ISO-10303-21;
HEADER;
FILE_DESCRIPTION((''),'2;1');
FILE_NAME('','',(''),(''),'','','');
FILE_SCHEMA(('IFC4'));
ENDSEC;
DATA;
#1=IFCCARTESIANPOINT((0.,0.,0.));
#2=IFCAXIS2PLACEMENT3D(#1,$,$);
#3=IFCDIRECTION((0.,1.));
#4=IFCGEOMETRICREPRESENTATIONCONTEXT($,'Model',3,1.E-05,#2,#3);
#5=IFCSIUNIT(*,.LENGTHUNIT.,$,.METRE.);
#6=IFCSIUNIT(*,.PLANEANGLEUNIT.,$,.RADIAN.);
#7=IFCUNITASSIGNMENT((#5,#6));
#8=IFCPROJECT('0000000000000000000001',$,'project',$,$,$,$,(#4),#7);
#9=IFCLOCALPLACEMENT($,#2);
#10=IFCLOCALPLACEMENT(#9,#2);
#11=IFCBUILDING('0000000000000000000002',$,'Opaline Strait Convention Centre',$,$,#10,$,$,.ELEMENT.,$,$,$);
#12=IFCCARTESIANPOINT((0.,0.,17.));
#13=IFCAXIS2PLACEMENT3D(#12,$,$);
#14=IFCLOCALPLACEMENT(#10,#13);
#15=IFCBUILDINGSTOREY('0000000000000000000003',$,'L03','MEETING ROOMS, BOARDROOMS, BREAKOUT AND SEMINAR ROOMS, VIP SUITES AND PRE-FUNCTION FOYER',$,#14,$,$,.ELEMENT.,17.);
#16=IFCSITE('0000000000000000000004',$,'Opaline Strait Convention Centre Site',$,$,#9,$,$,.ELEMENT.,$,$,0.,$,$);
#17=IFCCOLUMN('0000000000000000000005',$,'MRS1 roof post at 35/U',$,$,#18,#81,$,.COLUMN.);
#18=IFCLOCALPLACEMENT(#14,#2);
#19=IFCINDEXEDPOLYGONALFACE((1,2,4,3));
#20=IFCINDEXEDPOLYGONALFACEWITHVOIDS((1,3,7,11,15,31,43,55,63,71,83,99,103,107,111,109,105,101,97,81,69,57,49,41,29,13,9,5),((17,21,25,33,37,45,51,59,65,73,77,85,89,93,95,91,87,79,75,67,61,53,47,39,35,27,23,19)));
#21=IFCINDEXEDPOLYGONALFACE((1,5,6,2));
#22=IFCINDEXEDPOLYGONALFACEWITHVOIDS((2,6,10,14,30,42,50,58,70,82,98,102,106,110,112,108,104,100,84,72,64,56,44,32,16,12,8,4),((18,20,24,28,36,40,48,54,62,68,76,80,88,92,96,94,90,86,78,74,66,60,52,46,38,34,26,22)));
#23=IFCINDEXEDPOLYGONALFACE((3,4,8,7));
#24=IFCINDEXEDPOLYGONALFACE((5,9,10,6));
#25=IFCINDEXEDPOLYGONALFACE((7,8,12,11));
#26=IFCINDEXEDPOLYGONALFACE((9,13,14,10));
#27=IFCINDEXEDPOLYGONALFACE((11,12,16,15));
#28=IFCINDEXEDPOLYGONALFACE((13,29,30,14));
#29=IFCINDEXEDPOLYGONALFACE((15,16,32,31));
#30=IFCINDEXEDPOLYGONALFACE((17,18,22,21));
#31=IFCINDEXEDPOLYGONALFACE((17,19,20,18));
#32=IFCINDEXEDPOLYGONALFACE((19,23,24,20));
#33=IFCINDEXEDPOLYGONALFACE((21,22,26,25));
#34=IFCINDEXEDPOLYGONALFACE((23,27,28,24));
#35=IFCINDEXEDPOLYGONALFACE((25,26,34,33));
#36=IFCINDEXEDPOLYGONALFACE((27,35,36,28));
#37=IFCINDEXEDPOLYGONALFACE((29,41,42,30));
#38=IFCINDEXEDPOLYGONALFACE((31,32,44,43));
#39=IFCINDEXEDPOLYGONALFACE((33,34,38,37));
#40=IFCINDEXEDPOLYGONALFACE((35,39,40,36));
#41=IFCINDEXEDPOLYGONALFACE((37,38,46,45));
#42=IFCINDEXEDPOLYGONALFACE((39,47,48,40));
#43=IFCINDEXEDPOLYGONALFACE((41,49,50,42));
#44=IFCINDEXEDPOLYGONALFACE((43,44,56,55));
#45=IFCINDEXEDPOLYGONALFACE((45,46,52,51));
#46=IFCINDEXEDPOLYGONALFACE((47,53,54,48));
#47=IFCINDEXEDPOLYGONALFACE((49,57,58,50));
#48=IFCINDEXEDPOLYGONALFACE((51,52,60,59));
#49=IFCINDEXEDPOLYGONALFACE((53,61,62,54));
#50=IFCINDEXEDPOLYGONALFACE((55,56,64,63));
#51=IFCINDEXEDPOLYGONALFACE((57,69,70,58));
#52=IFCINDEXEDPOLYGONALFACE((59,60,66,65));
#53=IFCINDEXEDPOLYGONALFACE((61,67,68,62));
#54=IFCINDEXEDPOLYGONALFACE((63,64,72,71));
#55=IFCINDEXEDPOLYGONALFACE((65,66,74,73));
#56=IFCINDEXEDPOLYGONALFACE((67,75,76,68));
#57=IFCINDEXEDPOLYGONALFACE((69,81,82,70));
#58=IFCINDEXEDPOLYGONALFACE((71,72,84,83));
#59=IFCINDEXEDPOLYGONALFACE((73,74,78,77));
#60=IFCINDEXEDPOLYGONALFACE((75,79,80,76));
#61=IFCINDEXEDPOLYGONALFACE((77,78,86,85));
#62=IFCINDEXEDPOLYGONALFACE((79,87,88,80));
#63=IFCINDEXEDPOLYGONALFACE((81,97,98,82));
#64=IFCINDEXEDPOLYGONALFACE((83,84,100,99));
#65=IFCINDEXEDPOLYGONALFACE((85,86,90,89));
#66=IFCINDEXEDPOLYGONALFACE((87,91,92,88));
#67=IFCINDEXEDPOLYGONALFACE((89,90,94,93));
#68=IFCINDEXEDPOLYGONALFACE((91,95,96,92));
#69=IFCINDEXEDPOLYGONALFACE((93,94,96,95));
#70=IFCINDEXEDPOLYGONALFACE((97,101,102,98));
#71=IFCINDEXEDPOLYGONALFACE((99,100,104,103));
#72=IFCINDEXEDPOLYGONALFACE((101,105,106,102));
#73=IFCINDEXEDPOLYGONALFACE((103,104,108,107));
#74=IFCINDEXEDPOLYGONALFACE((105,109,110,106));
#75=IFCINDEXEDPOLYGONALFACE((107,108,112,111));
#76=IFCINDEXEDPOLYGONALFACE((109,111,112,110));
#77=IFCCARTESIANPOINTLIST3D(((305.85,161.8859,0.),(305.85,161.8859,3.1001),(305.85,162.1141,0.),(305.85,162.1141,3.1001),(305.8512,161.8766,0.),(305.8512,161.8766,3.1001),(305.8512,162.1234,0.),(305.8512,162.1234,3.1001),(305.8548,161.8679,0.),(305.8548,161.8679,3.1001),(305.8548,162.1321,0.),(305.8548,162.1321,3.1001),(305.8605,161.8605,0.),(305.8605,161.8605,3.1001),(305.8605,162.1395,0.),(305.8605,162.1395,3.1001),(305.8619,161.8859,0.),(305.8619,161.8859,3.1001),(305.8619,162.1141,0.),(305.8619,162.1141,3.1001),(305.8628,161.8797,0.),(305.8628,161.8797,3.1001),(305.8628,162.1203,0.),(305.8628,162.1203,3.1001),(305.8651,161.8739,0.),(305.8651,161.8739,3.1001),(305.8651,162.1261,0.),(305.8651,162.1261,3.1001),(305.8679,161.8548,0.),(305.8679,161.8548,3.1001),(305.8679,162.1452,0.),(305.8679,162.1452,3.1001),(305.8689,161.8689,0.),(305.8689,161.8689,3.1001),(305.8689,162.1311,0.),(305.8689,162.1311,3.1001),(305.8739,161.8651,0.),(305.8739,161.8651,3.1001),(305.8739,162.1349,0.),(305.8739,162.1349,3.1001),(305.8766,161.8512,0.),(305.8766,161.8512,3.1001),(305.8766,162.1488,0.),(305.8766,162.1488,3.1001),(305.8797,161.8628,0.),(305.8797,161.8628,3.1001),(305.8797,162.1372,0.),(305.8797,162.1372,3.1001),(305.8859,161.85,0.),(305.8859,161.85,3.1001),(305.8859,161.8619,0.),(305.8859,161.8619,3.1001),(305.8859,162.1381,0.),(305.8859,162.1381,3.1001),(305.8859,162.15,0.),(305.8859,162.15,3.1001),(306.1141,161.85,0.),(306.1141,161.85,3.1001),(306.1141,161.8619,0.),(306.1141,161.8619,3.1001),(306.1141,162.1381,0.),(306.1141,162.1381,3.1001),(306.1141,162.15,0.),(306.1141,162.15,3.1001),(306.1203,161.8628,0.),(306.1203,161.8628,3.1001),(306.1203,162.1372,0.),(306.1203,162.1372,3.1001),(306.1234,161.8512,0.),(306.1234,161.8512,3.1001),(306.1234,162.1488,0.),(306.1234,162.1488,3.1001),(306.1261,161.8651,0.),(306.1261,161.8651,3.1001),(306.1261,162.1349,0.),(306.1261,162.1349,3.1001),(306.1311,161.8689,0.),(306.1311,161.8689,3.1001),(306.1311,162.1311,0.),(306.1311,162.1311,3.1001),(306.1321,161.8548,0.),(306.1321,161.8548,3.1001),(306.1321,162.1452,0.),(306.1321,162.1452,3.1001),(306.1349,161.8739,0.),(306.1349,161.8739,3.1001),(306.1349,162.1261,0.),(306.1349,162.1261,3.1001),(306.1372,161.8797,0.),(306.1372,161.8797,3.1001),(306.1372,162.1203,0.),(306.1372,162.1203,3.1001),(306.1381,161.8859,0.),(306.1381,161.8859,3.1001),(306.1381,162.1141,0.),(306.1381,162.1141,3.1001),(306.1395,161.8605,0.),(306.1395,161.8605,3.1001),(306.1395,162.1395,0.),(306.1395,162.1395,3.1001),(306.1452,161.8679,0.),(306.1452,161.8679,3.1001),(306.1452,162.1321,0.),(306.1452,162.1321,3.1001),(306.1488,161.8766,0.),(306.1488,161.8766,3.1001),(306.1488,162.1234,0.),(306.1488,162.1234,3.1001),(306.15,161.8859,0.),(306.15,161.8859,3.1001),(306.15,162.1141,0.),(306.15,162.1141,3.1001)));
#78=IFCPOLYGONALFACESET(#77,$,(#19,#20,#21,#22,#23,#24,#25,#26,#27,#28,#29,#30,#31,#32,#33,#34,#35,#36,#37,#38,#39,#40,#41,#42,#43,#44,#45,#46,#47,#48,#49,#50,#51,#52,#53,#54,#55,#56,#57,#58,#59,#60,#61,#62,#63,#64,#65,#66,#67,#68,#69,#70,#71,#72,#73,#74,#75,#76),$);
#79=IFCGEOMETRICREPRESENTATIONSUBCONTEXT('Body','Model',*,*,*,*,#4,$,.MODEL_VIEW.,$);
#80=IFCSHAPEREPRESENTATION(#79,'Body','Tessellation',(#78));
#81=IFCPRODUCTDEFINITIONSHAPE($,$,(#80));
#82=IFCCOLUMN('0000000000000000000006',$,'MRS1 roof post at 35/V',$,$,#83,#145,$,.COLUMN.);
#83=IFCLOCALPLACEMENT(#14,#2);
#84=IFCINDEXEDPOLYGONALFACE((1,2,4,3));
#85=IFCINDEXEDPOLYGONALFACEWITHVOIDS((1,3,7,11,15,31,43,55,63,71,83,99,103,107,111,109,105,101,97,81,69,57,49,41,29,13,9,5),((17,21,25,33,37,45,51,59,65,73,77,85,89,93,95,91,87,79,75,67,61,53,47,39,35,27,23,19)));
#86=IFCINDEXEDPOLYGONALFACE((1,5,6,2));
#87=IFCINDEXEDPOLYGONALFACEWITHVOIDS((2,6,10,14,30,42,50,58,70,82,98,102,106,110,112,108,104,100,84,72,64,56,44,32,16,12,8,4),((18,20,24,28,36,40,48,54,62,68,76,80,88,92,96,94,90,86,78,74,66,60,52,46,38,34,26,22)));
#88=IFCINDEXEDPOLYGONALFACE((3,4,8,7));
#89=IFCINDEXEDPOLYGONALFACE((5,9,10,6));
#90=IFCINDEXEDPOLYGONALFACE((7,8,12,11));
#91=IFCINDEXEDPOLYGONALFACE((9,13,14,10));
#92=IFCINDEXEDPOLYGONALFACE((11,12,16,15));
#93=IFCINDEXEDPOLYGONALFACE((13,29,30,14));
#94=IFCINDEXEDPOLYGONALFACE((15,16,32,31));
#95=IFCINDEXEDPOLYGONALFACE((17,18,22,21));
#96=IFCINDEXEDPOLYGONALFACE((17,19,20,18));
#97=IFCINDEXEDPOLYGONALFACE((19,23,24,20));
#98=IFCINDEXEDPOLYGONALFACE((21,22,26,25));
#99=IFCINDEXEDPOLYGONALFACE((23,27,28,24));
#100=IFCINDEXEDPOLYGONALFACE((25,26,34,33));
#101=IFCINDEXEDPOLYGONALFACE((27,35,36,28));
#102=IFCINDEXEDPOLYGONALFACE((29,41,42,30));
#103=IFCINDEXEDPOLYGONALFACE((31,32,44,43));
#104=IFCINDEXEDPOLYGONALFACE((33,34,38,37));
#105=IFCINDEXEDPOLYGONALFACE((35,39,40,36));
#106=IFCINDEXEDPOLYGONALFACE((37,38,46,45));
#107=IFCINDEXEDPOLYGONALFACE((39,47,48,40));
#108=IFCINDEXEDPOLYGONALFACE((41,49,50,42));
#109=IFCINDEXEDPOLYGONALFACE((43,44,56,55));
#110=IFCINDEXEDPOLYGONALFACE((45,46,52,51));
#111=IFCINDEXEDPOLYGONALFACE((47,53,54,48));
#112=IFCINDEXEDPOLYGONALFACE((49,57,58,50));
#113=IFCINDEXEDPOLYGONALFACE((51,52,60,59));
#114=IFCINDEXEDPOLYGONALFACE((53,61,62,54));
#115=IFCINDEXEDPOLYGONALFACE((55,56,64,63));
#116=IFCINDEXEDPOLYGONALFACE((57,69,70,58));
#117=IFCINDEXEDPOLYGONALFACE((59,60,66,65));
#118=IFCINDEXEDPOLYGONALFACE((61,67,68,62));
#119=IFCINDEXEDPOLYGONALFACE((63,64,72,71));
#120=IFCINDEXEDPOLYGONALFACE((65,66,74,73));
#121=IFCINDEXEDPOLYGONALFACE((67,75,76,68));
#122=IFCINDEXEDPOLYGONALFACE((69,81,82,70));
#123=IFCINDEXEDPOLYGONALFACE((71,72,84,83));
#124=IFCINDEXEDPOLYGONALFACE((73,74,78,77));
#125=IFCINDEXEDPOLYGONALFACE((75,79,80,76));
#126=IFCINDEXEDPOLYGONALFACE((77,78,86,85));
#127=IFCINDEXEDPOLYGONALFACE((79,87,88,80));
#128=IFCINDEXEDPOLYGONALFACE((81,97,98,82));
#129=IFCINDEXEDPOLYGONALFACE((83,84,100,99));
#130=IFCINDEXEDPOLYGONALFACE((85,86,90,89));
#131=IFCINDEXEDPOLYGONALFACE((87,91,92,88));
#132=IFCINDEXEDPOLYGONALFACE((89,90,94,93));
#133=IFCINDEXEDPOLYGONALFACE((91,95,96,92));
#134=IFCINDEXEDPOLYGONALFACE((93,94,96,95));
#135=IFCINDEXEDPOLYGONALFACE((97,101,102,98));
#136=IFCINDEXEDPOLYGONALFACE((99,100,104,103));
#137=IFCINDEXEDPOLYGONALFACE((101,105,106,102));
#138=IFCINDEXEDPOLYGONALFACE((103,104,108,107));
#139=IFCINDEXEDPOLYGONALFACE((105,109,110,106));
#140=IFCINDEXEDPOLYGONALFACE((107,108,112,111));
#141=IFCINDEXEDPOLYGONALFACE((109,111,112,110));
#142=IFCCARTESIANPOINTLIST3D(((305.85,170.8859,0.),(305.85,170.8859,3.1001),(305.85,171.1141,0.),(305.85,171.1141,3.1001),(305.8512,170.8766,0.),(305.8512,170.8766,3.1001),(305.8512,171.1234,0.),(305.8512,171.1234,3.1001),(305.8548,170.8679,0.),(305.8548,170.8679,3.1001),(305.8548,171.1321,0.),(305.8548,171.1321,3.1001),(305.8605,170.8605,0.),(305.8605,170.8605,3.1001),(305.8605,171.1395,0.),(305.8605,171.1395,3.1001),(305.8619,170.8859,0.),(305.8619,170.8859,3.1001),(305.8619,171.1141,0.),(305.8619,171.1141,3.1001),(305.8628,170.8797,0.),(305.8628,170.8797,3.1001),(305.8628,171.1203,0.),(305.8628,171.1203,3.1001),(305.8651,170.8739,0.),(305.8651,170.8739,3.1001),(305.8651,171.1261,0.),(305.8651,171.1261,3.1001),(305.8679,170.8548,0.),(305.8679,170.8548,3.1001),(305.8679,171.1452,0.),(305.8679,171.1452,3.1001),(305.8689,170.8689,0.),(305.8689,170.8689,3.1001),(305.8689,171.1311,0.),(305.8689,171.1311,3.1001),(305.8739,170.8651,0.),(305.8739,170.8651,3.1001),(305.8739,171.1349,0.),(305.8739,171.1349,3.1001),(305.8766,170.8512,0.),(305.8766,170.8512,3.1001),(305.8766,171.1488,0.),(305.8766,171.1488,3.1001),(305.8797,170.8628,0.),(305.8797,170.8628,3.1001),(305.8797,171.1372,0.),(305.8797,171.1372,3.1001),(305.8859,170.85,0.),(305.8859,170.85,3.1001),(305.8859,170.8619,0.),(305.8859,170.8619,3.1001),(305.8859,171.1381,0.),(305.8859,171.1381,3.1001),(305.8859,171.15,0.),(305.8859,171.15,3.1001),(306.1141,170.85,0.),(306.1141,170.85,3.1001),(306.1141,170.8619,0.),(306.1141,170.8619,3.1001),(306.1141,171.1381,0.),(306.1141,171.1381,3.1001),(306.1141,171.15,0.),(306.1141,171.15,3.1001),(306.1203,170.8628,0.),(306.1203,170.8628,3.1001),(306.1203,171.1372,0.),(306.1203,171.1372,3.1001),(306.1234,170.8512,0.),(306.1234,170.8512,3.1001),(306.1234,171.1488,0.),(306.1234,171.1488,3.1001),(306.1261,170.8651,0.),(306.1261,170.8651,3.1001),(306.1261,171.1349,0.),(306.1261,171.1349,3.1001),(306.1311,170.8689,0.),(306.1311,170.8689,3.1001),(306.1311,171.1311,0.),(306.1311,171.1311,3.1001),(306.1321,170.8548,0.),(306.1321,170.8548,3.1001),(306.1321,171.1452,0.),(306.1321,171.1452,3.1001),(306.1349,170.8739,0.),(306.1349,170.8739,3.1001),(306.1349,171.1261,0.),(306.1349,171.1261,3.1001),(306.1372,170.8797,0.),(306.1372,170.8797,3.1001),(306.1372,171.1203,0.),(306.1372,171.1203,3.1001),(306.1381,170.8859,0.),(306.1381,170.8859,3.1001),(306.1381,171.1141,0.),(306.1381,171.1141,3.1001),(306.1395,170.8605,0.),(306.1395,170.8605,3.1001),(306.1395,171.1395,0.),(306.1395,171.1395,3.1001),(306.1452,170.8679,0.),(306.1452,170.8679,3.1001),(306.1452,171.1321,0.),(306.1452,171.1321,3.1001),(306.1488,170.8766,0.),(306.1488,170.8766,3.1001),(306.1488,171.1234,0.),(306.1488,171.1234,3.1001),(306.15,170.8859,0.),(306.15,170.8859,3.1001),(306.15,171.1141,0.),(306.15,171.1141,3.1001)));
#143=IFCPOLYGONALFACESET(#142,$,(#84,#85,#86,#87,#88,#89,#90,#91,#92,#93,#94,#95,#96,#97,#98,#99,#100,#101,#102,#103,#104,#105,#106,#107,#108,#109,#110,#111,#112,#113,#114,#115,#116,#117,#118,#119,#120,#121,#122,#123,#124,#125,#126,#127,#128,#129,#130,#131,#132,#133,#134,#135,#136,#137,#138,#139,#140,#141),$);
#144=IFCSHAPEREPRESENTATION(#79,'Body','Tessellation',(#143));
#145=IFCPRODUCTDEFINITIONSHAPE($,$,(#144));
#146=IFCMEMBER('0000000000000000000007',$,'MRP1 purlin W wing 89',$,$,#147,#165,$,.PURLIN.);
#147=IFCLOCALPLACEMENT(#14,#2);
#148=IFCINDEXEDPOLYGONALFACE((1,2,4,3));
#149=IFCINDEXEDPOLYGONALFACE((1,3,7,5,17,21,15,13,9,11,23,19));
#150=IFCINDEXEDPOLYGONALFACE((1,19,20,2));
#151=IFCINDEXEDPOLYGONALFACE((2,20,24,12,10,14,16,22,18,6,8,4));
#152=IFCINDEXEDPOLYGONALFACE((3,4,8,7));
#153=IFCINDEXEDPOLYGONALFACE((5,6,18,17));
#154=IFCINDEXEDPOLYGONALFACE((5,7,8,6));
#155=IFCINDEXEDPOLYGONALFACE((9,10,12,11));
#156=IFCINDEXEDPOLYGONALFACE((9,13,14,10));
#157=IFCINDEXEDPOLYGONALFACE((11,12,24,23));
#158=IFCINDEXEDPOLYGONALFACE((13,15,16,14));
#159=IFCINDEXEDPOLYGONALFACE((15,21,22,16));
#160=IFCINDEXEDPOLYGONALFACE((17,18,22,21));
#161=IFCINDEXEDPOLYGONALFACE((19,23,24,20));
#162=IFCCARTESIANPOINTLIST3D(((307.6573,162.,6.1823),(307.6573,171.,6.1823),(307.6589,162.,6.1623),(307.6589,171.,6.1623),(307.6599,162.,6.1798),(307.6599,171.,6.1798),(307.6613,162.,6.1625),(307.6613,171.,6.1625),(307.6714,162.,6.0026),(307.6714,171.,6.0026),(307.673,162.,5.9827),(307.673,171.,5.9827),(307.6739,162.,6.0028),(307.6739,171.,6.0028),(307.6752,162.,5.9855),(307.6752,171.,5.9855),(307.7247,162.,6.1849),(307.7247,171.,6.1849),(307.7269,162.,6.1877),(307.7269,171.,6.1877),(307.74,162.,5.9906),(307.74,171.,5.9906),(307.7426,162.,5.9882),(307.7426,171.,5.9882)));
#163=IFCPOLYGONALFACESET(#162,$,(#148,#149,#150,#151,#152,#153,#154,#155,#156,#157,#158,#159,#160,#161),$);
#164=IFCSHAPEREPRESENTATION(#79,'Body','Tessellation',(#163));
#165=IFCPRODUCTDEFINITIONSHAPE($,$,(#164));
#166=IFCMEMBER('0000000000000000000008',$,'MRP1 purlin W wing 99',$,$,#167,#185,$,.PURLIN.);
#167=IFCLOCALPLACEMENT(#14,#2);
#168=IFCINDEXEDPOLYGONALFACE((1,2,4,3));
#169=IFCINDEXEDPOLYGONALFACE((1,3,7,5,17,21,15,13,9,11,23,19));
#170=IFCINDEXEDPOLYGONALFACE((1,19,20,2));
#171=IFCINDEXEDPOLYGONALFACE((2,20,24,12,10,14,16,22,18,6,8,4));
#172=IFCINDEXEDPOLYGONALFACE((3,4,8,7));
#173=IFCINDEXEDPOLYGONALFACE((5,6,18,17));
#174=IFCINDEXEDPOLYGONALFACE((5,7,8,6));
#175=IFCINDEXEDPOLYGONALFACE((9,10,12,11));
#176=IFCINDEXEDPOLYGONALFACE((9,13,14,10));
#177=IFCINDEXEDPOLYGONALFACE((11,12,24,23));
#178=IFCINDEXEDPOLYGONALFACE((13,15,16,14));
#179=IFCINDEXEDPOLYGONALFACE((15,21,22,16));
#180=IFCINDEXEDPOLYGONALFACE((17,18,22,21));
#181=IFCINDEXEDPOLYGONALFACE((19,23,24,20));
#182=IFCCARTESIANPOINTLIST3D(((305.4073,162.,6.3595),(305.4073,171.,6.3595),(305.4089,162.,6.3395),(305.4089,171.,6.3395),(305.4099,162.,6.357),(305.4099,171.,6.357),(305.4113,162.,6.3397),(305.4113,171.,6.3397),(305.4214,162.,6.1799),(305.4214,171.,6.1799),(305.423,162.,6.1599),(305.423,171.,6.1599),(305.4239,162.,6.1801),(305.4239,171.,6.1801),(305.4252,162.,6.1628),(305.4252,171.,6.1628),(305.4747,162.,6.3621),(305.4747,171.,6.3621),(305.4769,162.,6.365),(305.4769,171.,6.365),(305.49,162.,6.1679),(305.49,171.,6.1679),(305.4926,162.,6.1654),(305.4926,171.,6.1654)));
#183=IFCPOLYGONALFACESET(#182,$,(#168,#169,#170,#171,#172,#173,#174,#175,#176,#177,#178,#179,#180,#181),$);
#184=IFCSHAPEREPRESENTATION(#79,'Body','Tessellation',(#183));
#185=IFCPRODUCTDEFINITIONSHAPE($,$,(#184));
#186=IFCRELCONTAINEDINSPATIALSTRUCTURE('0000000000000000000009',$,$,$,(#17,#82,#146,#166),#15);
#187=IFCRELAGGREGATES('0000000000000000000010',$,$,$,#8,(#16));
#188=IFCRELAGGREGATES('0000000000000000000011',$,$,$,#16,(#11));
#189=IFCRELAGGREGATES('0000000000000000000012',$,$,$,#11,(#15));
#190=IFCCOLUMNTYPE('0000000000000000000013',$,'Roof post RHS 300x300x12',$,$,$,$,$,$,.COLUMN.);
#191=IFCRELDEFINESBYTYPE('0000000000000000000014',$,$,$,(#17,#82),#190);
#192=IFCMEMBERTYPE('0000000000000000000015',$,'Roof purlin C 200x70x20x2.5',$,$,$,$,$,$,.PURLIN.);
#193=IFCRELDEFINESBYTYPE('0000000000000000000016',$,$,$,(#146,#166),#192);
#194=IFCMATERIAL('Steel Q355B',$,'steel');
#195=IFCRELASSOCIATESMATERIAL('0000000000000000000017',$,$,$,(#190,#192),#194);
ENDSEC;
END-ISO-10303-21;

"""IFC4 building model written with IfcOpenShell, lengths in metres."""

from ifc_helpers import new_model, si_unit, direction, frame, origin, origin_2d, place, context, subcontext, project, spatial, polyline, hollow_rectangle, outline, extrude, material, material_profile, profile_set, type_object, element, save


model = new_model("IFC4")

# Units and contexts
model_context = context("Model", 3, precision=1e-05, world=origin(), true_north=direction((0.0, 1.0)))
body_context = subcontext(model_context, "Body", "Model", "MODEL_VIEW")
ifc_project = project(units=[si_unit("LENGTHUNIT", "METRE"), si_unit("PLANEANGLEUNIT", "RADIAN")], contexts=[model_context])

# Site, building, storey
site_placement = place(None, origin())
site = spatial("IfcSite", under=ifc_project, at=site_placement, Name="Opaline Strait Convention Centre Site", CompositionType="ELEMENT", RefElevation=0.0)
building_placement = place(site_placement, origin())
building = spatial("IfcBuilding", under=site, at=building_placement, Name="Opaline Strait Convention Centre", CompositionType="ELEMENT")
storey_placement = place(building_placement, frame((0.0, 0.0, 17.0)))
storey = spatial("IfcBuildingStorey", under=building, at=storey_placement, Name="L03", Description="MEETING ROOMS, BOARDROOMS, BREAKOUT AND SEMINAR ROOMS, VIP SUITES AND PRE-FUNCTION FOYER", CompositionType="ELEMENT", Elevation=17.0)

# Columns
ifc_material_1 = material(Name="Steel Q355B", Category="steel")
ifc_material_profile_1 = material_profile(ifc_material_1, hollow_rectangle(XDim=0.3, YDim=0.3, WallThickness=0.012, InnerFilletRadius=0.0239, OuterFilletRadius=0.0359, at=origin_2d()), Name="RHS 300x300x12")
ifc_profile_set_1 = profile_set([ifc_material_profile_1], Name="Steel Q355B")
column_type = type_object("IfcColumnType", Name="Roof post RHS 300x300x12", PredefinedType="COLUMN", material=ifc_profile_set_1)
for number, where, z_axis, x_axis, name in (
    (1, (306.0, 162.0, 0.0), (0.0, 0.0, 1.0), (1.0, 0.0, 0.0), "MRS1 roof post at 35/U"),
    (2, (306.0, 171.0, 0.0), (0.0, 0.0, 1.0), (1.0, 0.0, 0.0), "MRS1 roof post at 35/V"),
):
    element("IfcColumn", number, at=place(storey_placement, frame(where, z_axis=z_axis, x_axis=x_axis)), inside=storey, type_object=column_type, Name=name, PredefinedType="COLUMN", context=body_context, shape_type="SweptSolid", body=[
        extrude(hollow_rectangle(XDim=0.3, YDim=0.3, WallThickness=0.012, InnerFilletRadius=0.0239, OuterFilletRadius=0.0359, at=origin_2d()), origin(), (0.0, 0.0, 1.0), 3.1001),
    ])

# Members
ifc_material_profile_2 = material_profile(ifc_material_1, outline(polyline([(-0.0349, -0.1001), (0.0349, -0.1001), (0.0349, -0.0801), (0.0325, -0.0801), (0.0325, -0.0974), (-0.0325, -0.0974), (-0.0325, 0.0974), (0.0325, 0.0974), (0.0325, 0.0801), (0.0349, 0.0801), (0.0349, 0.1001), (-0.0349, 0.1001), (-0.0349, -0.1001)])), Name="C 200x70x20x2.5")
ifc_profile_set_2 = profile_set([ifc_material_profile_2], Name="Steel Q355B")
member_type_1 = type_object("IfcMemberType", Name="Roof purlin C 200x70x20x2.5", PredefinedType="PURLIN", material=ifc_profile_set_2)
for number, where, z_axis, x_axis, name in (
    (3, (307.7, 162.0, 6.0852), (0.0, 1.0, 0.0), (-0.996917, 0.0, -0.078459), "MRP1 purlin W wing 89"),
    (4, (305.45, 162.0, 6.2625), (0.0, 1.0, 0.0), (-0.996917, 0.0, -0.078459), "MRP1 purlin W wing 99"),
):
    element("IfcMember", number, at=place(storey_placement, frame(where, z_axis=z_axis, x_axis=x_axis)), inside=storey, type_object=member_type_1, Name=name, PredefinedType="PURLIN", context=body_context, shape_type="SweptSolid", body=[
        extrude(outline(polyline([(-0.0349, -0.1001), (0.0349, -0.1001), (0.0349, -0.0801), (0.0325, -0.0801), (0.0325, -0.0974), (-0.0325, -0.0974), (-0.0325, 0.0974), (0.0325, 0.0974), (0.0325, 0.0801), (0.0349, 0.0801), (0.0349, 0.1001), (-0.0349, 0.1001), (-0.0349, -0.1001)])), origin(), (0.0, 0.0, 1.0), 9.0),
    ])

save(model, "model.ifc")
